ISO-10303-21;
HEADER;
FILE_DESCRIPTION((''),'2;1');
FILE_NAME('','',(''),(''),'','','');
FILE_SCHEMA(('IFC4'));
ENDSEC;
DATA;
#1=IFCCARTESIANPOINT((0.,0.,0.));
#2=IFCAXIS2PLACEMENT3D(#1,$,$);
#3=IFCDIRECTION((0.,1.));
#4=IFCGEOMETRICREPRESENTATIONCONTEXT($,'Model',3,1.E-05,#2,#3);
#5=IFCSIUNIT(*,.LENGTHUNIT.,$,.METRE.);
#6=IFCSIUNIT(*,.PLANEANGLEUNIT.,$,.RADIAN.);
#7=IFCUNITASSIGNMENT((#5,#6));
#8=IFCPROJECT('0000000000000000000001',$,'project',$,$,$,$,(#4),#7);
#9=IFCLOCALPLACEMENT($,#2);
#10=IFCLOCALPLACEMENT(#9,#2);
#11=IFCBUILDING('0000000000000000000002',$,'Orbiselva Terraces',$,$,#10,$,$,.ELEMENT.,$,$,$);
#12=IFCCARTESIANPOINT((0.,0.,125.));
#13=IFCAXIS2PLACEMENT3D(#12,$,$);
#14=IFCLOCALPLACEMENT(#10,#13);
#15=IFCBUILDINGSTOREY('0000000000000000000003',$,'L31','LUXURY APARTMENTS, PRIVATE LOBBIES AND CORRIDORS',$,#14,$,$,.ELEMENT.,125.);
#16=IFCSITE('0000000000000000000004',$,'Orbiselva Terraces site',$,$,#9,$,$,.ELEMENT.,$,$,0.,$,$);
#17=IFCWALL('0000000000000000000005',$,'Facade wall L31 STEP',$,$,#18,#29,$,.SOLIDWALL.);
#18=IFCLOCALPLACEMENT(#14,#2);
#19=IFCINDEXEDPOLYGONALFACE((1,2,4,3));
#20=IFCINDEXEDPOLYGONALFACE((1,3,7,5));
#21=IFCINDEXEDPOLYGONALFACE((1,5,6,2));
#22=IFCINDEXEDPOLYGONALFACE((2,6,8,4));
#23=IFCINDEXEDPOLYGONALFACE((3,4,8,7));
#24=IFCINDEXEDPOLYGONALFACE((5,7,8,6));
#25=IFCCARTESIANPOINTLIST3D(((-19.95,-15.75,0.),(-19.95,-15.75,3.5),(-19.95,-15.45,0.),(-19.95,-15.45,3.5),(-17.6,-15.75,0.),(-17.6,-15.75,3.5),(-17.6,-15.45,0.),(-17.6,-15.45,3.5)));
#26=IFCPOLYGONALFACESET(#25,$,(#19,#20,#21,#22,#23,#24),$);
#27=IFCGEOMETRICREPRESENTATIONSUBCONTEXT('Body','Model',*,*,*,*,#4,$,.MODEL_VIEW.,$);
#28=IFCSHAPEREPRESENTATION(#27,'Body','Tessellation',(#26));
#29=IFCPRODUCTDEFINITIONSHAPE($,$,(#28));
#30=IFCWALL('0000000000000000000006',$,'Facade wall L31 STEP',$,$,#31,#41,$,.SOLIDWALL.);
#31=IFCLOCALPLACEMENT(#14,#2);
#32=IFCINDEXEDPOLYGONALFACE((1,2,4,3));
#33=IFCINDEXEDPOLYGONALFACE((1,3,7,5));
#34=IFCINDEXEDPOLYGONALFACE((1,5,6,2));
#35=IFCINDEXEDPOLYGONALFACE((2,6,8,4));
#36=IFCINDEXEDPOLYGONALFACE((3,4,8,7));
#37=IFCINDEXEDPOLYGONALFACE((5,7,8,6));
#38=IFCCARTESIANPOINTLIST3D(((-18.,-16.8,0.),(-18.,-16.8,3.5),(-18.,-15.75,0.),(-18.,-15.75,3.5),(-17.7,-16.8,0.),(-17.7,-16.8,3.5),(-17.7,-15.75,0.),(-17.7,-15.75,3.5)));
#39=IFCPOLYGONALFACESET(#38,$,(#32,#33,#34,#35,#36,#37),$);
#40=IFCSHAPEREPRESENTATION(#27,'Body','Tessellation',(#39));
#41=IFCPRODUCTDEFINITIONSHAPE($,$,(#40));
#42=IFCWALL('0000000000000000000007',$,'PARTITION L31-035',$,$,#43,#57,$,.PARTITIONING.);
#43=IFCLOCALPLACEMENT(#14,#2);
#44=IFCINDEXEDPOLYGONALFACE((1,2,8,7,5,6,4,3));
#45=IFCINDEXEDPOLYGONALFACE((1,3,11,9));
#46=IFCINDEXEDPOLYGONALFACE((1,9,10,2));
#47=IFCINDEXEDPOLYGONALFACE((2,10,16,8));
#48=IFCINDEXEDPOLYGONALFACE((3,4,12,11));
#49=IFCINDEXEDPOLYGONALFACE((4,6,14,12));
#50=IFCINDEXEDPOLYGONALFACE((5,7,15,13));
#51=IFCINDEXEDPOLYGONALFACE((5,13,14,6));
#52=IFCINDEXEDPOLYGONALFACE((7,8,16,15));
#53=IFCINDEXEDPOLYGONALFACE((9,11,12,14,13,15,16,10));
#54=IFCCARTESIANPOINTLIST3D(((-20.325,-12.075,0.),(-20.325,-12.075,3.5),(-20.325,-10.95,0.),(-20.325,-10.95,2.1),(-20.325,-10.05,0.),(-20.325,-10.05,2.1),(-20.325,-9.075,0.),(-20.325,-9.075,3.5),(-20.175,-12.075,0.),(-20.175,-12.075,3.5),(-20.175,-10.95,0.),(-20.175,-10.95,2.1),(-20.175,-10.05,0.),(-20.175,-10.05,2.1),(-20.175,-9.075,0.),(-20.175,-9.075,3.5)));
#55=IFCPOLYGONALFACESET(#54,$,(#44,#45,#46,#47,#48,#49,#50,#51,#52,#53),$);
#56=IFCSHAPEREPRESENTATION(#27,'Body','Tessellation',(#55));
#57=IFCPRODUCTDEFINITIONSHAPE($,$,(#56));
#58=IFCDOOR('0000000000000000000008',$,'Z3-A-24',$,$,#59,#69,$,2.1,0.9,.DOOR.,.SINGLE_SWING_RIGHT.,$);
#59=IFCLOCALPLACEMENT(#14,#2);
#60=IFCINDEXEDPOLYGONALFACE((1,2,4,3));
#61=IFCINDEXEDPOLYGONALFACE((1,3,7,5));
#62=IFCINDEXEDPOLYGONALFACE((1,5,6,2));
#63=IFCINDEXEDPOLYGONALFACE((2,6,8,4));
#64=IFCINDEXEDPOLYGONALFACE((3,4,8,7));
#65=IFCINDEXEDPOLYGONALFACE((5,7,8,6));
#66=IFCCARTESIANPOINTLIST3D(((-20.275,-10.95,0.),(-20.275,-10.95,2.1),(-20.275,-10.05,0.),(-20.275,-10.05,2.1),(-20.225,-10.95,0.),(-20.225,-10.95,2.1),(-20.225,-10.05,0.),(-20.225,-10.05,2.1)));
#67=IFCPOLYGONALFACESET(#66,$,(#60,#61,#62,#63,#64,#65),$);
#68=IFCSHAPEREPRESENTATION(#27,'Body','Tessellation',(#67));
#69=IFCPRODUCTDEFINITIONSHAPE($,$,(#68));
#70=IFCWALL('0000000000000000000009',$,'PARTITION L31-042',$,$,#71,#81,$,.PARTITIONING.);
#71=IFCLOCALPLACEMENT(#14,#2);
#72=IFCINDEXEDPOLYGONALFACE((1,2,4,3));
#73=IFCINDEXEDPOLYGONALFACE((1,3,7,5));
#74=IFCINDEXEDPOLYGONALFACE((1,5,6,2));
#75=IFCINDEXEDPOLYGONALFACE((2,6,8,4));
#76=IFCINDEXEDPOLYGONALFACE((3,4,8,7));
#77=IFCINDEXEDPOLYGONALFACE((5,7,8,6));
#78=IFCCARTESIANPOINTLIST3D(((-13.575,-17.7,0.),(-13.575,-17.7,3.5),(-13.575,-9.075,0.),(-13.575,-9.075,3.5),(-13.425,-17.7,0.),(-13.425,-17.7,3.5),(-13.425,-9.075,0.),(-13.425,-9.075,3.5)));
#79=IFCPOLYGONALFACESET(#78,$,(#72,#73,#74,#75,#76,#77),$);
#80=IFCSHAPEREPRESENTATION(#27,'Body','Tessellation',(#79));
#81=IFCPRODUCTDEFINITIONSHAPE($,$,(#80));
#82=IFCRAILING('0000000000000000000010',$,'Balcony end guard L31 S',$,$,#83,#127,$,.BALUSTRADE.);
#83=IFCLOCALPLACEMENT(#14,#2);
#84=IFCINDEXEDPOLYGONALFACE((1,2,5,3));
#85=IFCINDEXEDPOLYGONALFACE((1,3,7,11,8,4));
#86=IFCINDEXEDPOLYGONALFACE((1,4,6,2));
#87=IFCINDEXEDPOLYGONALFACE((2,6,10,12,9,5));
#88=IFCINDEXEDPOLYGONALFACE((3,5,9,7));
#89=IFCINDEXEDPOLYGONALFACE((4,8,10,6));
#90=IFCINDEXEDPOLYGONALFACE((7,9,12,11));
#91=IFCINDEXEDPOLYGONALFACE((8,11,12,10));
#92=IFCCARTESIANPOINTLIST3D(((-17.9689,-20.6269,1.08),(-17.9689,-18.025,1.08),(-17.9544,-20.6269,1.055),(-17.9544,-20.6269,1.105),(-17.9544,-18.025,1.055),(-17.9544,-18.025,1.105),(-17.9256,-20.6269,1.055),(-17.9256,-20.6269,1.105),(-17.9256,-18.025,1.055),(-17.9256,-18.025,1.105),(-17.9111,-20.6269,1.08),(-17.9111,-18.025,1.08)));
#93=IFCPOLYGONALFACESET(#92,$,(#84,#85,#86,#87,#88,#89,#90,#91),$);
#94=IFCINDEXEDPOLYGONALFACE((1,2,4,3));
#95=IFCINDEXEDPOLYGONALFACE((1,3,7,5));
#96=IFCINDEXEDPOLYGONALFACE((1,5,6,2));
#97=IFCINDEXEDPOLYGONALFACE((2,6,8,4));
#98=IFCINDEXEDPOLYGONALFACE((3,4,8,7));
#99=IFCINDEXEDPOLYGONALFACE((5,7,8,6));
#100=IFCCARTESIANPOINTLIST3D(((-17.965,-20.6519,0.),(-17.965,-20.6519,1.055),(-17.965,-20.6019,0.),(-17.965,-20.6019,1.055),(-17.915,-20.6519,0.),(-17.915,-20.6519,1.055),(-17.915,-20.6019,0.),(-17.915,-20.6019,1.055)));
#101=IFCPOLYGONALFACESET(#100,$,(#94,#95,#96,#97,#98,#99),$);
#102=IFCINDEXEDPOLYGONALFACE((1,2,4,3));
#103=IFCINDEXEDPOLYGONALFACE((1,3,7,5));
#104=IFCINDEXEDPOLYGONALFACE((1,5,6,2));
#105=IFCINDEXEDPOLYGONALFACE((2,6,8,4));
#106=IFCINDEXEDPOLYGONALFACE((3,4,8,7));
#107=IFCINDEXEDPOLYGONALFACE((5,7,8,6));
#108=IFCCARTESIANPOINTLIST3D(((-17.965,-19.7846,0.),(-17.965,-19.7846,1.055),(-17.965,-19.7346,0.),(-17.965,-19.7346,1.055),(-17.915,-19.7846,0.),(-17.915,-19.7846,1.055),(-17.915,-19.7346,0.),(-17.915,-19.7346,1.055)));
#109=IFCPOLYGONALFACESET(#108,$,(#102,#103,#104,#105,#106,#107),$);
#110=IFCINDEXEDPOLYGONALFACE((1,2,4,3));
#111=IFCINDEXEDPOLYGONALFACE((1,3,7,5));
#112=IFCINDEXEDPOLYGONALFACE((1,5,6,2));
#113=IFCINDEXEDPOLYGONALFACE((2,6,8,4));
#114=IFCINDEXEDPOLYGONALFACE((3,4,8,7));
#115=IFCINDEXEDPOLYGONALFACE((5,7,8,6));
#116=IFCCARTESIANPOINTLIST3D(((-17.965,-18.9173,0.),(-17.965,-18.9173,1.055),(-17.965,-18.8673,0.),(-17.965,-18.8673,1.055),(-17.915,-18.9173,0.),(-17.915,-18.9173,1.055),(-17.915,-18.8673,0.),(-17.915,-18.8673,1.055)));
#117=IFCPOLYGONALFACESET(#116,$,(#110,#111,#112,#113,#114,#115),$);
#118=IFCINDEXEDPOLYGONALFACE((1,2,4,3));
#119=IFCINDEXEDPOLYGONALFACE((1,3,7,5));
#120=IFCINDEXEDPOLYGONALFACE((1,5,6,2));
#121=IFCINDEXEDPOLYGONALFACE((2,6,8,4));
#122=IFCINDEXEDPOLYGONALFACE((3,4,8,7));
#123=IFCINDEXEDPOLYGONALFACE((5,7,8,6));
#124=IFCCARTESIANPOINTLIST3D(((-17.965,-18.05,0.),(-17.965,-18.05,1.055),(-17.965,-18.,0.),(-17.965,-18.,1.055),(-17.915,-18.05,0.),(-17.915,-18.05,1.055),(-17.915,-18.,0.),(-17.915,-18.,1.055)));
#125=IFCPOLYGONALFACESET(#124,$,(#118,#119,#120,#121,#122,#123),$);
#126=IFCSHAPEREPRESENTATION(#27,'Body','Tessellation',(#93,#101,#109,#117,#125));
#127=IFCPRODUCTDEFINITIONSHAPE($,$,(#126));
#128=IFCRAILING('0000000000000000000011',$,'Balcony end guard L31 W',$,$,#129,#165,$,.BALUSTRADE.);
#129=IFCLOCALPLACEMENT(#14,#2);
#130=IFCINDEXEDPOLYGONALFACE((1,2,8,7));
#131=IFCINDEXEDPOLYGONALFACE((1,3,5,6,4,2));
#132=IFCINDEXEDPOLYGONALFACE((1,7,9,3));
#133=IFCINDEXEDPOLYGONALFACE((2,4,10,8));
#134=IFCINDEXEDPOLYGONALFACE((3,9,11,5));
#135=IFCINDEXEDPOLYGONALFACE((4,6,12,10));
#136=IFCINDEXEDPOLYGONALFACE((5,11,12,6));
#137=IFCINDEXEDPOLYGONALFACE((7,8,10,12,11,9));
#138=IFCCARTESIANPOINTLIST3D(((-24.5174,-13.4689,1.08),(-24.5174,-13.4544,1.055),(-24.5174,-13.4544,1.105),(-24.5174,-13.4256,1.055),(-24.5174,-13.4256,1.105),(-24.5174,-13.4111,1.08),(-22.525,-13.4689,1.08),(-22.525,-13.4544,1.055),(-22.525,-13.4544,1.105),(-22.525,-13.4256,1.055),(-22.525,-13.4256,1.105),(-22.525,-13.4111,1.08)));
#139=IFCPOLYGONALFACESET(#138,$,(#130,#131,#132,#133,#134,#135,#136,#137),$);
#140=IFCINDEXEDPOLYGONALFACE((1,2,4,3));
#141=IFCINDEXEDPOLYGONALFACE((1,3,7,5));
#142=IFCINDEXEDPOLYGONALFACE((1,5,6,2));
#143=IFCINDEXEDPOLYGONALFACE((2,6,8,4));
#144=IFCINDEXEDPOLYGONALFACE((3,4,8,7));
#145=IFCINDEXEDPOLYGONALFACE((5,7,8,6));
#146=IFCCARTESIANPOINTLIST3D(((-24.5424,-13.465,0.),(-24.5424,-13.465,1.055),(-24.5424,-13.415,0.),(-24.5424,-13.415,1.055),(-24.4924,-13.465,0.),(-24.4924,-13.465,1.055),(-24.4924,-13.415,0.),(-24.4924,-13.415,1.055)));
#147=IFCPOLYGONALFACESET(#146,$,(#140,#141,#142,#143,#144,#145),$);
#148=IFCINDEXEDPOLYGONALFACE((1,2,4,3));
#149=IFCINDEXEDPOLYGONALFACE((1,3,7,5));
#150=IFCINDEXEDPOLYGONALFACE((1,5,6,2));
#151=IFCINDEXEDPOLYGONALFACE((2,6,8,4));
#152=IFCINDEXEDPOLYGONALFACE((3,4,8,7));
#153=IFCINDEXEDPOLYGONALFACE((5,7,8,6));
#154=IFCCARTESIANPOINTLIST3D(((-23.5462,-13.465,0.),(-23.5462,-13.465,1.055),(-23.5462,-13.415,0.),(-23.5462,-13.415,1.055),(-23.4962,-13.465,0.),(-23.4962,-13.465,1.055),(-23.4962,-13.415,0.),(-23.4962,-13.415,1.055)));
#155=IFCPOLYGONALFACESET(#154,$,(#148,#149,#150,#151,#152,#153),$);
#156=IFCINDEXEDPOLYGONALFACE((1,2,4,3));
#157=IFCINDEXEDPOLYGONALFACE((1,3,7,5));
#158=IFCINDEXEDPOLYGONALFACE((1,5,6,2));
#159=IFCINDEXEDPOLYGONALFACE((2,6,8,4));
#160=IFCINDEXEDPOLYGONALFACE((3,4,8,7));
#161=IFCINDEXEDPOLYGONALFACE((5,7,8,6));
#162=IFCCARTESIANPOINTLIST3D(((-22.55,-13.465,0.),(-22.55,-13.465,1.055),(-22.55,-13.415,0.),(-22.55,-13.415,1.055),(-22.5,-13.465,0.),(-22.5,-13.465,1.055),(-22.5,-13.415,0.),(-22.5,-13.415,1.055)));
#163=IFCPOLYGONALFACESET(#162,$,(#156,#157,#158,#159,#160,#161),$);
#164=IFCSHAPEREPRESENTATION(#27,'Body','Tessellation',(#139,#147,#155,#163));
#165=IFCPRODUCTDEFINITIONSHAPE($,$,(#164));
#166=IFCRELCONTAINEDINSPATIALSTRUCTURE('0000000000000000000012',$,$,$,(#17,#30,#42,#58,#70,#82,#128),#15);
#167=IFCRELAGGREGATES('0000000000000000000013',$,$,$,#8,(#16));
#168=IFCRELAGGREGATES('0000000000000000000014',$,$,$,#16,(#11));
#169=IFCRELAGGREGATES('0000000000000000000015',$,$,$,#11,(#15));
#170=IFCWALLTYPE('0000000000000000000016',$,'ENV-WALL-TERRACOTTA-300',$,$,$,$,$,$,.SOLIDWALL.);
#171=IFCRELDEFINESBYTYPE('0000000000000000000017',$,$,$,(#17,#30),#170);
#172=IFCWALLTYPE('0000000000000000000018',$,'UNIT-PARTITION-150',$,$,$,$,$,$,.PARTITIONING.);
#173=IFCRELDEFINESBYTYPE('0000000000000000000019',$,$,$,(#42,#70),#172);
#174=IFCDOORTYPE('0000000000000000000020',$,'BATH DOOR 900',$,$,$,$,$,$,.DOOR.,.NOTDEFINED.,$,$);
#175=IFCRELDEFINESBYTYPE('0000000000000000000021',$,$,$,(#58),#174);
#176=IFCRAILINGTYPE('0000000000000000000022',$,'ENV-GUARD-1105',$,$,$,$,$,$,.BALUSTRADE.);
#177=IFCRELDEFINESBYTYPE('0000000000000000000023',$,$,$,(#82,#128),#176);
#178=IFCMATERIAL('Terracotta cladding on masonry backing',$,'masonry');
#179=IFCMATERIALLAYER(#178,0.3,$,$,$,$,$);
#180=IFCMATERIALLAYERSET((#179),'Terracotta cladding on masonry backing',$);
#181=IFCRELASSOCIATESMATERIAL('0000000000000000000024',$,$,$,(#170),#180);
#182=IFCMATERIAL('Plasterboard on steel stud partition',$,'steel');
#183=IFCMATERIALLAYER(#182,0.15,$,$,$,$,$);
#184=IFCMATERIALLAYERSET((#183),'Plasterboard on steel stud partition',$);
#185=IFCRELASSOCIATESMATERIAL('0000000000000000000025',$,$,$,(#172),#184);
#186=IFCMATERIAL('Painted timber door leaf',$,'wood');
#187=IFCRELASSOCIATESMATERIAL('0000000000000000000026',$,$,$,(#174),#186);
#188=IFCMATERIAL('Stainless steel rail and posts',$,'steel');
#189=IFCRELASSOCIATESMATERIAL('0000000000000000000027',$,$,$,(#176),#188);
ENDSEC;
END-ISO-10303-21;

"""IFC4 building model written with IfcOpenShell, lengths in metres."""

from ifc_helpers import new_model, si_unit, direction, frame, frame_2d, origin, origin_2d, place, context, subcontext, project, spatial, polyline, rectangle, outline, extrude, material, layer, layer_set, type_object, element, fill, save


model = new_model("IFC4")

# Units and contexts
model_context = context("Model", 3, precision=1e-05, world=origin(), true_north=direction((0.0, 1.0)))
body_context = subcontext(model_context, "Body", "Model", "MODEL_VIEW")
ifc_project = project(units=[si_unit("LENGTHUNIT", "METRE"), si_unit("PLANEANGLEUNIT", "RADIAN")], contexts=[model_context])

# Site, building, storey
site_placement = place(None, origin())
site = spatial("IfcSite", under=ifc_project, at=site_placement, Name="Orbiselva Terraces site", CompositionType="ELEMENT", RefElevation=0.0)
building_placement = place(site_placement, origin())
building = spatial("IfcBuilding", under=site, at=building_placement, Name="Orbiselva Terraces", CompositionType="ELEMENT")
storey_placement = place(building_placement, frame((0.0, 0.0, 125.0)))
storey = spatial("IfcBuildingStorey", under=building, at=storey_placement, Name="L31", Description="LUXURY APARTMENTS, PRIVATE LOBBIES AND CORRIDORS", CompositionType="ELEMENT", Elevation=125.0)

# Shared definitions
ifc_material_1 = material(Name="Terracotta cladding on masonry backing", Category="masonry")
ifc_layer_1 = layer(ifc_material_1, 0.3)
ifc_layer_set_1 = layer_set([ifc_layer_1], Name="Terracotta cladding on masonry backing")
wall_type_1 = type_object("IfcWallType", Name="ENV-WALL-TERRACOTTA-300", PredefinedType="SOLIDWALL", material=ifc_layer_set_1)

# Walls
wall_1_placement = place(storey_placement, frame((-17.6, -15.6, 0.0), z_axis=(0.0, 0.0, 1.0), x_axis=(-1.0, 0.0, 0.0)))
element("IfcWall", 1, at=wall_1_placement, inside=storey, type_object=wall_type_1, Name="Facade wall L31 STEP", PredefinedType="SOLIDWALL", context=body_context, shape_type="SweptSolid", body=[
    extrude(rectangle(XDim=2.35, YDim=0.3, at=frame_2d((1.175, 0.0))), origin(), (0.0, 0.0, 1.0), 3.5),
])
wall_2_placement = place(storey_placement, frame((-17.85, -16.8, 0.0), z_axis=(0.0, 0.0, 1.0), x_axis=(0.0, 1.0, 0.0)))
element("IfcWall", 2, at=wall_2_placement, inside=storey, type_object=wall_type_1, Name="Facade wall L31 STEP", PredefinedType="SOLIDWALL", context=body_context, shape_type="SweptSolid", body=[
    extrude(rectangle(XDim=1.05, YDim=0.3, at=frame_2d((0.525, 0.0))), origin(), (0.0, 0.0, 1.0), 3.5),
])

# Wall, opening, door
ifc_material_2 = material(Name="Plasterboard on steel stud partition", Category="steel")
ifc_layer_2 = layer(ifc_material_2, 0.15)
ifc_layer_set_2 = layer_set([ifc_layer_2], Name="Plasterboard on steel stud partition")
wall_type_2 = type_object("IfcWallType", Name="UNIT-PARTITION-150", PredefinedType="PARTITIONING", material=ifc_layer_set_2)
wall_3_placement = place(storey_placement, frame((-20.25, -12.075, 0.0), z_axis=(0.0, 0.0, 1.0), x_axis=(0.0, 1.0, 0.0)))
wall_3 = element("IfcWall", 3, at=wall_3_placement, inside=storey, type_object=wall_type_2, Name="PARTITION L31-035", PredefinedType="PARTITIONING", context=body_context, shape_type="SweptSolid", body=[
    extrude(rectangle(XDim=3.0, YDim=0.15, at=frame_2d((1.5, 0.0))), origin(), (0.0, 0.0, 1.0), 3.5),
])
opening_1_placement = place(wall_3_placement, frame((1.125, 0.0, 0.0)))
opening_1 = element("IfcOpeningElement", 4, at=opening_1_placement, cuts=wall_3, PredefinedType="OPENING", context=body_context, shape_type="SweptSolid", body=[
    extrude(rectangle(XDim=0.9, YDim=2.1, at=frame_2d((0.45, 1.05))), frame((0.0, 0.085, 0.0), z_axis=(0.0, -1.0, 0.0), x_axis=(1.0, 0.0, 0.0)), (0.0, 0.0, 1.0), 0.17),
])
ifc_material_3 = material(Name="Painted timber door leaf", Category="wood")
door_type_1 = type_object("IfcDoorType", Name="BATH DOOR 900", OperationType="NOTDEFINED", PredefinedType="DOOR", material=ifc_material_3)
door_1_placement = place(opening_1_placement, origin())
door_1 = element("IfcDoor", 5, at=door_1_placement, inside=storey, type_object=door_type_1, Name="Z3-A-24", OperationType="SINGLE_SWING_RIGHT", OverallHeight=2.1, OverallWidth=0.9, PredefinedType="DOOR", context=body_context, shape_type="SweptSolid", body=[
    extrude(rectangle(XDim=0.9, YDim=2.1, at=frame_2d((0.45, 1.05))), frame((0.0, 0.025, 0.0), z_axis=(0.0, -1.0, 0.0), x_axis=(1.0, 0.0, 0.0)), (0.0, 0.0, 1.0), 0.05),
])
fill(opening_1, door_1)

# Wall
wall_4_placement = place(storey_placement, frame((-13.5, -17.7, 0.0), z_axis=(0.0, 0.0, 1.0), x_axis=(0.0, 1.0, 0.0)))
element("IfcWall", 6, at=wall_4_placement, inside=storey, type_object=wall_type_2, Name="PARTITION L31-042", PredefinedType="PARTITIONING", context=body_context, shape_type="SweptSolid", body=[
    extrude(rectangle(XDim=8.625, YDim=0.15, at=frame_2d((4.3125, 0.0))), origin(), (0.0, 0.0, 1.0), 3.5),
])

# Railings
ifc_material_4 = material(Name="Stainless steel rail and posts", Category="steel")
railing_type_1 = type_object("IfcRailingType", Name="ENV-GUARD-1105", PredefinedType="BALUSTRADE", material=ifc_material_4)
railing_1_placement = place(storey_placement, frame((-17.94, -20.6269, 0.0)))
element("IfcRailing", 7, at=railing_1_placement, inside=storey, type_object=railing_type_1, Name="Balcony end guard L31 S", PredefinedType="BALUSTRADE", context=body_context, shape_type="SweptSolid", body=[
    extrude(outline(polyline([(0.0289, 0.0), (0.0144, 0.025), (-0.0144, 0.025), (-0.0289, 0.0), (-0.0144, -0.025), (0.0144, -0.025), (0.0289, 0.0)])), frame((0.0, 0.0, 1.08), z_axis=(0.0, 1.0, 0.0), x_axis=(-1.0, 0.0, 0.0)), (0.0, 0.0, 1.0), 2.6019),
    extrude(rectangle(XDim=0.05, YDim=0.05, at=origin_2d()), origin(), (0.0, 0.0, 1.0), 1.055),
    extrude(rectangle(XDim=0.05, YDim=0.05, at=origin_2d()), frame((0.0, 0.8673, 0.0)), (0.0, 0.0, 1.0), 1.055),
    extrude(rectangle(XDim=0.05, YDim=0.05, at=origin_2d()), frame((0.0, 1.7346, 0.0)), (0.0, 0.0, 1.0), 1.055),
    extrude(rectangle(XDim=0.05, YDim=0.05, at=origin_2d()), frame((0.0, 2.6019, 0.0)), (0.0, 0.0, 1.0), 1.055),
])
railing_2_placement = place(storey_placement, frame((-24.5174, -13.44, 0.0)))
element("IfcRailing", 8, at=railing_2_placement, inside=storey, type_object=railing_type_1, Name="Balcony end guard L31 W", PredefinedType="BALUSTRADE", context=body_context, shape_type="SweptSolid", body=[
    extrude(outline(polyline([(0.0289, 0.0), (0.0144, 0.025), (-0.0144, 0.025), (-0.0289, 0.0), (-0.0144, -0.025), (0.0144, -0.025), (0.0289, 0.0)])), frame((0.0, 0.0, 1.08), z_axis=(1.0, 0.0, 0.0), x_axis=(0.0, 1.0, 0.0)), (0.0, 0.0, 1.0), 1.9924),
    extrude(rectangle(XDim=0.05, YDim=0.05, at=origin_2d()), origin(), (0.0, 0.0, 1.0), 1.055),
    extrude(rectangle(XDim=0.05, YDim=0.05, at=origin_2d()), frame((0.9962, 0.0, 0.0)), (0.0, 0.0, 1.0), 1.055),
    extrude(rectangle(XDim=0.05, YDim=0.05, at=origin_2d()), frame((1.9924, 0.0, 0.0)), (0.0, 0.0, 1.0), 1.055),
])

save(model, "model.ifc")
